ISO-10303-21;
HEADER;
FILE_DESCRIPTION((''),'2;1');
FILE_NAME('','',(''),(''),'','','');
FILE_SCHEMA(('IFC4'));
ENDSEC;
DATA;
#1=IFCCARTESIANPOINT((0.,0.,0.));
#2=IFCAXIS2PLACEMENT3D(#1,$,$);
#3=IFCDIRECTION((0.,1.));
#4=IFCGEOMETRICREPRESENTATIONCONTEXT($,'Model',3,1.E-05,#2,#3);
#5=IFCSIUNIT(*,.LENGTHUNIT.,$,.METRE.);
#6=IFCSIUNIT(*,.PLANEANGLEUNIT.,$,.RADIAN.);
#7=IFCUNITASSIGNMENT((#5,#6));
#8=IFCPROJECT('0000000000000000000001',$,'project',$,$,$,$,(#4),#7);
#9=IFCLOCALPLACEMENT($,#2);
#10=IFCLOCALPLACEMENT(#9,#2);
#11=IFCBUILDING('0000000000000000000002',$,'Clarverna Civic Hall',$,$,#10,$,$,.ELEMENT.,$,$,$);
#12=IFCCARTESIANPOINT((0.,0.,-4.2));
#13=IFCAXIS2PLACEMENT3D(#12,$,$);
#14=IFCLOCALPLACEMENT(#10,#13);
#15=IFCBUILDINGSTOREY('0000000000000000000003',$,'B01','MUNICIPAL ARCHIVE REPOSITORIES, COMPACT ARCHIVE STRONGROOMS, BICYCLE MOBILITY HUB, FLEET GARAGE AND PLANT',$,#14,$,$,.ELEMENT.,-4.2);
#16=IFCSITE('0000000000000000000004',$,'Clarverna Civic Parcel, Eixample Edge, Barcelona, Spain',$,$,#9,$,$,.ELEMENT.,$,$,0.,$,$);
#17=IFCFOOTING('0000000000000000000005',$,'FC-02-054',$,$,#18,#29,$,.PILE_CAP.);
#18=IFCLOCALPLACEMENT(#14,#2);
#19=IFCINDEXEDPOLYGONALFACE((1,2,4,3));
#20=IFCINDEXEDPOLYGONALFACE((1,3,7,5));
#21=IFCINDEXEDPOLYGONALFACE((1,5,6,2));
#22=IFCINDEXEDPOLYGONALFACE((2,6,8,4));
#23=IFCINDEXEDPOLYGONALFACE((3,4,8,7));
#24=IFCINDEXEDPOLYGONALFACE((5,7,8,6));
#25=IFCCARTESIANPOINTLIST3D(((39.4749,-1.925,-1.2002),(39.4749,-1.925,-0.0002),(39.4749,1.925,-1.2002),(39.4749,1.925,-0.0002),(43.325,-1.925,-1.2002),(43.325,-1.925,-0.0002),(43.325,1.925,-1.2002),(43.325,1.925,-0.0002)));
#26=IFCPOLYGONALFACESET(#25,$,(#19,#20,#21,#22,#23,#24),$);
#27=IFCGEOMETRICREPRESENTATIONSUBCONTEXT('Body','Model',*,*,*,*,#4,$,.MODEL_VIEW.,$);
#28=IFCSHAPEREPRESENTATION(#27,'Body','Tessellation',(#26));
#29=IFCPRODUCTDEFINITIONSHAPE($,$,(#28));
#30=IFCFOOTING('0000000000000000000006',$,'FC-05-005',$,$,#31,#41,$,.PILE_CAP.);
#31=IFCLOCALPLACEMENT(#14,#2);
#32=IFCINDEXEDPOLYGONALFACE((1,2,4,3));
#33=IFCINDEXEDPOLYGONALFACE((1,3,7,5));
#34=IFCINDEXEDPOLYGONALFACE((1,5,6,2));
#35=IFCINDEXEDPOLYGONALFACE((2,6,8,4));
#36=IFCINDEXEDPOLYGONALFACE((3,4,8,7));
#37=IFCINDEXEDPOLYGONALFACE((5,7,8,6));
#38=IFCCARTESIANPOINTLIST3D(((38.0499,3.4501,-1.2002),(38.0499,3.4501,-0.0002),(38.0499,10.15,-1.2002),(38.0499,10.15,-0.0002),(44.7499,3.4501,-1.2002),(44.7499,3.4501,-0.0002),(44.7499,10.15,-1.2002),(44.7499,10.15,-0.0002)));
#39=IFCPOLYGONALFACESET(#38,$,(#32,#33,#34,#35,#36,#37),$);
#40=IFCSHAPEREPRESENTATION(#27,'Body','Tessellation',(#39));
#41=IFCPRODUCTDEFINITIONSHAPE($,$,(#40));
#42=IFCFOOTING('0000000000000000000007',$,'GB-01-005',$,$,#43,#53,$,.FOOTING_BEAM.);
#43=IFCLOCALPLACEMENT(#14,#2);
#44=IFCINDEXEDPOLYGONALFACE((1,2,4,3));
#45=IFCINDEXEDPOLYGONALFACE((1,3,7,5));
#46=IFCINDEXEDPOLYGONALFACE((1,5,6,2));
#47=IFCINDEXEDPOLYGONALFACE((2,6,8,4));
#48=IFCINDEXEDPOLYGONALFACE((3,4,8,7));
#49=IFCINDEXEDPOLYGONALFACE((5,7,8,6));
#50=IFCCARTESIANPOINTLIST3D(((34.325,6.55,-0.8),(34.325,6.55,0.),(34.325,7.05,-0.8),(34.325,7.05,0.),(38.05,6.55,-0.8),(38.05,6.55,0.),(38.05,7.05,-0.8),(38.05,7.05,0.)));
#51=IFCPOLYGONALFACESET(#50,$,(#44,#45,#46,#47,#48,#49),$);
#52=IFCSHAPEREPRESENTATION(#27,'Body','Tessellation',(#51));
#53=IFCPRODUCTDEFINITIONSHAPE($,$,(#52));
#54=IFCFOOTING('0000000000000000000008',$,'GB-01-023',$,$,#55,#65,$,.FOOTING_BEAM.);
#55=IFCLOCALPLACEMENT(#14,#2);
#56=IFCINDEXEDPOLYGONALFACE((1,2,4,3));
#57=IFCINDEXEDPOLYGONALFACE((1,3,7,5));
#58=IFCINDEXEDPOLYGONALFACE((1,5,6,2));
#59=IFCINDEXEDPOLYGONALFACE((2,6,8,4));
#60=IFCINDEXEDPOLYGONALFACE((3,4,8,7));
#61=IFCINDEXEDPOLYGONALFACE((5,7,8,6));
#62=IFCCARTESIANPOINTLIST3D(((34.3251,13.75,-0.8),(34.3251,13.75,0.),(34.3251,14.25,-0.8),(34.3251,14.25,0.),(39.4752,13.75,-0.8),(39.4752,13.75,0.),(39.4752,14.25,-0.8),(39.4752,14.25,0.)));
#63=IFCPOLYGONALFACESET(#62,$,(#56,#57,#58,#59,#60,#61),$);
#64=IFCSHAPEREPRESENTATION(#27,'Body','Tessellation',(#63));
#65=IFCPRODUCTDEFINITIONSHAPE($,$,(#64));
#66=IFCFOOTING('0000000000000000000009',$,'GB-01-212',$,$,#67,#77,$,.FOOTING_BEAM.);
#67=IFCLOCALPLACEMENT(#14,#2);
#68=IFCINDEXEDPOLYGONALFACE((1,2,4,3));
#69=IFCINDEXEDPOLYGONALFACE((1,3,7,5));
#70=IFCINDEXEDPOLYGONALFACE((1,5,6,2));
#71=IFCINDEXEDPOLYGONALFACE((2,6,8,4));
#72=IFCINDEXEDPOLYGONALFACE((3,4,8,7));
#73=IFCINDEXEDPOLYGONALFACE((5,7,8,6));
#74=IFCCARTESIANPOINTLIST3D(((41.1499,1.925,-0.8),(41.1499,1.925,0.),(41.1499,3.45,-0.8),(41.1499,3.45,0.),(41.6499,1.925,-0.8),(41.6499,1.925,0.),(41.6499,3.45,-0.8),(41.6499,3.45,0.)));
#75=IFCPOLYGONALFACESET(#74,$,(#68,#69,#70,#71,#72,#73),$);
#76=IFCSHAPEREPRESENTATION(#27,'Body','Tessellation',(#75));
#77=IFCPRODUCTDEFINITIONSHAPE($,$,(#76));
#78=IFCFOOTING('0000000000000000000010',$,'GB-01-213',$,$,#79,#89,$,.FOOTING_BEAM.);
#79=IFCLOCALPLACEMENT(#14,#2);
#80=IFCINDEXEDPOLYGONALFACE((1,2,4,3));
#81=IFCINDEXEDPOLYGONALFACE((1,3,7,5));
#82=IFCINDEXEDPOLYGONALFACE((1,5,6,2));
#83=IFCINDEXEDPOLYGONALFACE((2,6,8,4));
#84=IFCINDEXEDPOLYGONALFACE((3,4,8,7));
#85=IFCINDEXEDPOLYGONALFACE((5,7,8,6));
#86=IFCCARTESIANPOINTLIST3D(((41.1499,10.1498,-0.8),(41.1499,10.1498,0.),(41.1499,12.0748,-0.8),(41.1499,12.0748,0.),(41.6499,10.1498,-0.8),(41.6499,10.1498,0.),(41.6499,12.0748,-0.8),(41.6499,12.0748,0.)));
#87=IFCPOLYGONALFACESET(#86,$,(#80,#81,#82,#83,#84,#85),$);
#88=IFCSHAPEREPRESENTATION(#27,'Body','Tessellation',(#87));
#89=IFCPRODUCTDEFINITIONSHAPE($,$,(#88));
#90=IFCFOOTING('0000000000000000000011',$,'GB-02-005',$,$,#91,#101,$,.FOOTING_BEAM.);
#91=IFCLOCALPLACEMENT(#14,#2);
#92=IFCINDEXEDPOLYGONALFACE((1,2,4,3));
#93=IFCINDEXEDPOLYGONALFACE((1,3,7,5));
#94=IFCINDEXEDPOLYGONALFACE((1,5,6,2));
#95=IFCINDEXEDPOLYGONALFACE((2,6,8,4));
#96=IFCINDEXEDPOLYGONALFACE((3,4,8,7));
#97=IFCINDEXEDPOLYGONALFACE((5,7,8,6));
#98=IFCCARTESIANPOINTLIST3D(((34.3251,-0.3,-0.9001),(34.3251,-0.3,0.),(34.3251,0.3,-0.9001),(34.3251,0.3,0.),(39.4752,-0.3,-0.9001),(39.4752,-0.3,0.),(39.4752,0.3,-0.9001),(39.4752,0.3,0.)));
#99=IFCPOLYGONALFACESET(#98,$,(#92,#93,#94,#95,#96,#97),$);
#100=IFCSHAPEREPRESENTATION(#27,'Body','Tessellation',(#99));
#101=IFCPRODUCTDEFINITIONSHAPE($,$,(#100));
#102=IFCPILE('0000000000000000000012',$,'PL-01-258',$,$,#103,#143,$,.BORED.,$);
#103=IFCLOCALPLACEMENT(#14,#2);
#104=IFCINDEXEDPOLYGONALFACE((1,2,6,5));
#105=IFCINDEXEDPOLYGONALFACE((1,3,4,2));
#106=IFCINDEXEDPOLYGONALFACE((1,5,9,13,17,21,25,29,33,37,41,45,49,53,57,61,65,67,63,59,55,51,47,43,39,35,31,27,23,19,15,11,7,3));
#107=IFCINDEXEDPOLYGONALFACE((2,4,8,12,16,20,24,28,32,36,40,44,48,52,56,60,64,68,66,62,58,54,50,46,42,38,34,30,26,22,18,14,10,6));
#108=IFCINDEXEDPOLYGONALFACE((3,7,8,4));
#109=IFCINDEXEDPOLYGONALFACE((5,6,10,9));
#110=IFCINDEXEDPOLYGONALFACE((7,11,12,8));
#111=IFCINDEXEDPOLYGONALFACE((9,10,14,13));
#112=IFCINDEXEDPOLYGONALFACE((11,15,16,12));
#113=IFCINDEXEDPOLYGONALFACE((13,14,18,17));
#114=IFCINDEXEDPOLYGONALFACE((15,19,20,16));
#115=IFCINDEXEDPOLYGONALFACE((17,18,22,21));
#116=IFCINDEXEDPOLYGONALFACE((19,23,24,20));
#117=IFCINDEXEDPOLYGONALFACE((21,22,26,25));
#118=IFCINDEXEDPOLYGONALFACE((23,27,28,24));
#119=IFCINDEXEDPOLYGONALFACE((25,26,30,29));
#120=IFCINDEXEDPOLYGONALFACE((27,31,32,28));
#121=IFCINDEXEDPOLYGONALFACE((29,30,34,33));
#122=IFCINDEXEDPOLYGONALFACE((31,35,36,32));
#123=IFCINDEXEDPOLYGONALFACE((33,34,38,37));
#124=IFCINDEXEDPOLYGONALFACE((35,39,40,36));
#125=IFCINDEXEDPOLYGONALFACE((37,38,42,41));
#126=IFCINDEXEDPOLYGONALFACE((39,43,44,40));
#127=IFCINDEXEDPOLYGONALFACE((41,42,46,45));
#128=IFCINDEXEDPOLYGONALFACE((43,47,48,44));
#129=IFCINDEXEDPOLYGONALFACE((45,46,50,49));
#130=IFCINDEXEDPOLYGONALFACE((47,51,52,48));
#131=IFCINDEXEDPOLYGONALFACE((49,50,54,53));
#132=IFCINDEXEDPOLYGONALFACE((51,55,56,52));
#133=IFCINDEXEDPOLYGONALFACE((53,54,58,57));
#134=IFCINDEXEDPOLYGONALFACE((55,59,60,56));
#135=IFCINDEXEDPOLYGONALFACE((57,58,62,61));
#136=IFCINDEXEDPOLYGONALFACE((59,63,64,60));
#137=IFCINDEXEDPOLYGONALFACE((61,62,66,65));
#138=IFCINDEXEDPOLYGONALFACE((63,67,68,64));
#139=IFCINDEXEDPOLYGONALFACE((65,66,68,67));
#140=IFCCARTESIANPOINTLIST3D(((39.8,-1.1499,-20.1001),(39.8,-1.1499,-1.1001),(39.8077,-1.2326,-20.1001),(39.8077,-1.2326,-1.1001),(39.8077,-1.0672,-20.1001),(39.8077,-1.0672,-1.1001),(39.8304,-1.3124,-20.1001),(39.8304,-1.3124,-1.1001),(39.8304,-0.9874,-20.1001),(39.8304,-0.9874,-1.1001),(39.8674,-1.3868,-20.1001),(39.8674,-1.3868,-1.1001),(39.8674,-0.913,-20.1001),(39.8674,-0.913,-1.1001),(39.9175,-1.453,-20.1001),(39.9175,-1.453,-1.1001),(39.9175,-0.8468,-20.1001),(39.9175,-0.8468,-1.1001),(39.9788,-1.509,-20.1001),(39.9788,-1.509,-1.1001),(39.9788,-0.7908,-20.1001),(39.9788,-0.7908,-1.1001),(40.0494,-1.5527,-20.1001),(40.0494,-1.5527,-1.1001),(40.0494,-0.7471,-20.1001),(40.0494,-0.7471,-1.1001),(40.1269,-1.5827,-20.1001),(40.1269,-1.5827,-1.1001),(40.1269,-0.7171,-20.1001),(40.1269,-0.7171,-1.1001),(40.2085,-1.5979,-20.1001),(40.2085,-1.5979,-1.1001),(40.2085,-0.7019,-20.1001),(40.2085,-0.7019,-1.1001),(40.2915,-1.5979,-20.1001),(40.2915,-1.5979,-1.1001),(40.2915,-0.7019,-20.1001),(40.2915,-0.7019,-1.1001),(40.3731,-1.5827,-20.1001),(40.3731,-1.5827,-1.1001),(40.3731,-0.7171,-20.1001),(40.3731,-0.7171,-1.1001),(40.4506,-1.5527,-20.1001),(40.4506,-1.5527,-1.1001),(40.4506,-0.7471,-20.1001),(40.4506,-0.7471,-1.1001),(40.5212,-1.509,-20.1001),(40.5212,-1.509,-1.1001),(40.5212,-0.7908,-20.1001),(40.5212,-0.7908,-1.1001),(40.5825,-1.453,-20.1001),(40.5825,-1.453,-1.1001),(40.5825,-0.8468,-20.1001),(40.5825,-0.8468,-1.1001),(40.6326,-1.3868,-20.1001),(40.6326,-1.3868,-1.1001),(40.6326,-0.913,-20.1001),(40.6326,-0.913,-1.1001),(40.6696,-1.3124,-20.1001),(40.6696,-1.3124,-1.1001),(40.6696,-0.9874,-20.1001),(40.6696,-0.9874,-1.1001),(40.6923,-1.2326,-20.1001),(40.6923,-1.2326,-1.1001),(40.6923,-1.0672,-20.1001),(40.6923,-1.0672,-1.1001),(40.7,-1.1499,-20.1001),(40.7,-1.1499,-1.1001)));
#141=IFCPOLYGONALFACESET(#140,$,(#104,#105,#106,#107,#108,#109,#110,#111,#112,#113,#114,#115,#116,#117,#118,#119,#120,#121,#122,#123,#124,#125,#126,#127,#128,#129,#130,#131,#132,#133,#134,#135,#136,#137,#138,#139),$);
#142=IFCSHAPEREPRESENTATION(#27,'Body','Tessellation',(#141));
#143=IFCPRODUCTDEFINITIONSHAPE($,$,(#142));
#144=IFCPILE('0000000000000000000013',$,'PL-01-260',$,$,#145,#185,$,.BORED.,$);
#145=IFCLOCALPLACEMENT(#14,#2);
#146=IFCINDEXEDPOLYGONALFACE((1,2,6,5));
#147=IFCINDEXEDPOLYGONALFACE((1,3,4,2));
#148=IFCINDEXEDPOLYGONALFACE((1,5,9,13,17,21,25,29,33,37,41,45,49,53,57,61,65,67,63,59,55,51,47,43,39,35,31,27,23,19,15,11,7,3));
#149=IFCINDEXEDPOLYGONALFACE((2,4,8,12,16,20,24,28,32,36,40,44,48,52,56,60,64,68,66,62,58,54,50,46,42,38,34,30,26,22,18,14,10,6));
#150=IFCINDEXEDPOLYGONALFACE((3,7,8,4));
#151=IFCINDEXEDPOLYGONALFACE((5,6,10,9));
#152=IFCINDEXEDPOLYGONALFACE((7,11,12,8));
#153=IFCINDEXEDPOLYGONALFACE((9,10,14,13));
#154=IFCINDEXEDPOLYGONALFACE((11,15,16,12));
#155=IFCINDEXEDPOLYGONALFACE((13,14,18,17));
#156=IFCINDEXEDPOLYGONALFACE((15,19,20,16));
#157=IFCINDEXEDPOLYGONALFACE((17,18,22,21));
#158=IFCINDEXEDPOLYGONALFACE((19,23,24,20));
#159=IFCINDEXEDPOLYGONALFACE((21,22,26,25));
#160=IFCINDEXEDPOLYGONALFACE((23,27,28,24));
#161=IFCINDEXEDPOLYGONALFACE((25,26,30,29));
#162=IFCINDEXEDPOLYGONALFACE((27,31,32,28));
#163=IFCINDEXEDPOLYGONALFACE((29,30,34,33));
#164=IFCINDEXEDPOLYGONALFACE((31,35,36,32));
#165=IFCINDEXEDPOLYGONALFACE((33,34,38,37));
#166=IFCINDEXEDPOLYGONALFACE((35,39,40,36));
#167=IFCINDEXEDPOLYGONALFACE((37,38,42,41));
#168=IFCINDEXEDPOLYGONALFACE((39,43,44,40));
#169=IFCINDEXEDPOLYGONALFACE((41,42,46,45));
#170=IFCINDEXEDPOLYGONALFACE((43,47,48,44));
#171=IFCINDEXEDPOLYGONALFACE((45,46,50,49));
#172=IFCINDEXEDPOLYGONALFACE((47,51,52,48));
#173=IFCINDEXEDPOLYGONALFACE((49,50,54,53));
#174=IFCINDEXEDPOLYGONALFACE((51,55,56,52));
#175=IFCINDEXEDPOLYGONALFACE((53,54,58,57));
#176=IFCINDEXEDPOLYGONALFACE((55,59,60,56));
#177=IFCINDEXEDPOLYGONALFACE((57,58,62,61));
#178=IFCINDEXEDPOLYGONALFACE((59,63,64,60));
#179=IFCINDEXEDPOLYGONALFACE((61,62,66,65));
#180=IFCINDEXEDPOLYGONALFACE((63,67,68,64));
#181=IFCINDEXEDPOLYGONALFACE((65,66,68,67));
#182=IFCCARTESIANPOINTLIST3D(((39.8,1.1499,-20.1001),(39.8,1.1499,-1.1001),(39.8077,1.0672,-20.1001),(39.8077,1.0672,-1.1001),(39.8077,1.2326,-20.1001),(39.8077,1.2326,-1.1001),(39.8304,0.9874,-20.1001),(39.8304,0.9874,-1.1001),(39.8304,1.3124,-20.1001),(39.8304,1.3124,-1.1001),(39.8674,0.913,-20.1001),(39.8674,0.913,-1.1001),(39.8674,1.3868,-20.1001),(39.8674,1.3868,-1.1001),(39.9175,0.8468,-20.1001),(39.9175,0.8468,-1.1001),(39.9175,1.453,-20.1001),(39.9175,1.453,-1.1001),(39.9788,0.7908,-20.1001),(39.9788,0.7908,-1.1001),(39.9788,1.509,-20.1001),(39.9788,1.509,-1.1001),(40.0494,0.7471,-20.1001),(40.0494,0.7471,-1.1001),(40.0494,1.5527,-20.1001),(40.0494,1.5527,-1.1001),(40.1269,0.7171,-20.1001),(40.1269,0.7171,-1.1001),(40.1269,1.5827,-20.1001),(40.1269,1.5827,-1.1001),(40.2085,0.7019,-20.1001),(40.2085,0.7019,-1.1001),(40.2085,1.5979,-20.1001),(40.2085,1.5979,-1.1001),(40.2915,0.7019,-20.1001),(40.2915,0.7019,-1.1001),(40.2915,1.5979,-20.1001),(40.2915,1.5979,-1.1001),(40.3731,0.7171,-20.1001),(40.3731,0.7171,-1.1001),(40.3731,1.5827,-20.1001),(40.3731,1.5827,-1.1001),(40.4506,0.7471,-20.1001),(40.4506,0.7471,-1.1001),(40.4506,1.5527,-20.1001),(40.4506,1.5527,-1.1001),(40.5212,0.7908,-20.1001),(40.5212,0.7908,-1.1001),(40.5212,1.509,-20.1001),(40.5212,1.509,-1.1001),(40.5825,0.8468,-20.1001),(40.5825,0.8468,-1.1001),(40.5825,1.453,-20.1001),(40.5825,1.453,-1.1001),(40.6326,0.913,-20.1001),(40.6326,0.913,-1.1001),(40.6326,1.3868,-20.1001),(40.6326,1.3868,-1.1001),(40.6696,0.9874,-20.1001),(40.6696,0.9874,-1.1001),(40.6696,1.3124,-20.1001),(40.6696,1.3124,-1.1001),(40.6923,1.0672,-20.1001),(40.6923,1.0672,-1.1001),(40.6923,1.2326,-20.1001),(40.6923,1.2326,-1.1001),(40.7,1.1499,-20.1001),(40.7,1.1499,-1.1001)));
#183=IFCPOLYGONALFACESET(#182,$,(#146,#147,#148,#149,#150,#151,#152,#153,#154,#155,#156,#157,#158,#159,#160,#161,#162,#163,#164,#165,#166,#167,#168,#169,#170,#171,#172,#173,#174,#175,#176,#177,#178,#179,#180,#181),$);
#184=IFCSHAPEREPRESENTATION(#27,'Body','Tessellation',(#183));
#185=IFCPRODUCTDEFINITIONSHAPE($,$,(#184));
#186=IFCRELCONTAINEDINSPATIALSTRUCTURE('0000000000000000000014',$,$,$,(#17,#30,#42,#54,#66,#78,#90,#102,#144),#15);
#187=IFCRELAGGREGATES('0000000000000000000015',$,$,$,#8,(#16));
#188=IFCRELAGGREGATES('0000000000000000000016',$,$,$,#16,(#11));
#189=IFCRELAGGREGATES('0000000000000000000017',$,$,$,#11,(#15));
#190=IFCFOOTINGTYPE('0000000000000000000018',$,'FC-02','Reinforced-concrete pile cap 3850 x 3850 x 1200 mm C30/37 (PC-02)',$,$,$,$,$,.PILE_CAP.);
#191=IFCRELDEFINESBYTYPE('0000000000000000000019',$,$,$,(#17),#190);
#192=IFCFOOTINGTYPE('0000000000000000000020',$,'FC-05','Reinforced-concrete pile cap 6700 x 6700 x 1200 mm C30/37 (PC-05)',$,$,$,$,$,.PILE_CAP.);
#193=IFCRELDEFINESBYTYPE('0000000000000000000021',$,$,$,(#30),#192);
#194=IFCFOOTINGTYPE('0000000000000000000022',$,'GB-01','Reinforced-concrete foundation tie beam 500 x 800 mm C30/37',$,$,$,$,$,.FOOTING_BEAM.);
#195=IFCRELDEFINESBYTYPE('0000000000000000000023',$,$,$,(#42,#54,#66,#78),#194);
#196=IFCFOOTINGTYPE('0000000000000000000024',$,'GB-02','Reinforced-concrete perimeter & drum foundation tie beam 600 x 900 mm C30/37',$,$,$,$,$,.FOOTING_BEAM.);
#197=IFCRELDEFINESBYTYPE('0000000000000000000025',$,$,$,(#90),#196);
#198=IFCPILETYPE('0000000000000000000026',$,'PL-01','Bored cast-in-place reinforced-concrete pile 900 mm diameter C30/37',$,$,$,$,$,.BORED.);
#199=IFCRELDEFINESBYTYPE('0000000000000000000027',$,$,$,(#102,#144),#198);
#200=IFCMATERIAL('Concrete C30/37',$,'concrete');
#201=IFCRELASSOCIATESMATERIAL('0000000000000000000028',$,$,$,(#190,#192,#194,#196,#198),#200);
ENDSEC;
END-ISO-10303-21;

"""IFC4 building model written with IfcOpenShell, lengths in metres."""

from ifc_helpers import new_model, si_unit, direction, frame, frame_2d, origin, origin_2d, place, context, subcontext, project, spatial, rectangle, circle, extrude, material, material_profile, profile_set, type_object, element, save


model = new_model("IFC4")

# Units and contexts
model_context = context("Model", 3, precision=1e-05, world=origin(), true_north=direction((0.0, 1.0)))
body_context = subcontext(model_context, "Body", "Model", "MODEL_VIEW")
ifc_project = project(units=[si_unit("LENGTHUNIT", "METRE"), si_unit("PLANEANGLEUNIT", "RADIAN")], contexts=[model_context])

# Site, building, storey
site_placement = place(None, origin())
site = spatial("IfcSite", under=ifc_project, at=site_placement, Name="Clarverna Civic Parcel, Eixample Edge, Barcelona, Spain", CompositionType="ELEMENT", RefElevation=0.0)
building_placement = place(site_placement, origin())
building = spatial("IfcBuilding", under=site, at=building_placement, Name="Clarverna Civic Hall", CompositionType="ELEMENT")
storey_placement = place(building_placement, frame((0.0, 0.0, -4.2)))
storey = spatial("IfcBuildingStorey", under=building, at=storey_placement, Name="B01", Description="MUNICIPAL ARCHIVE REPOSITORIES, COMPACT ARCHIVE STRONGROOMS, BICYCLE MOBILITY HUB, FLEET GARAGE AND PLANT", CompositionType="ELEMENT", Elevation=-4.2)

# Footings
ifc_material_1 = material(Name="Concrete C30/37", Category="concrete")
footing_type_1 = type_object("IfcFootingType", Name="FC-02", Description="Reinforced-concrete pile cap 3850 x 3850 x 1200 mm C30/37 (PC-02)", PredefinedType="PILE_CAP", material=ifc_material_1)
footing_1_placement = place(storey_placement, frame((41.3999, 0.0, -1.2002), z_axis=(0.0, 0.0, 1.0), x_axis=(1.0, 0.0, 0.0)))
element("IfcFooting", 1, at=footing_1_placement, inside=storey, type_object=footing_type_1, Name="FC-02-054", PredefinedType="PILE_CAP", context=body_context, shape_type="SweptSolid", body=[
    extrude(rectangle(XDim=3.8501, YDim=3.8501, at=origin_2d()), origin(), (0.0, 0.0, 1.0), 1.2),
])
footing_type_2 = type_object("IfcFootingType", Name="FC-05", Description="Reinforced-concrete pile cap 6700 x 6700 x 1200 mm C30/37 (PC-05)", PredefinedType="PILE_CAP", material=ifc_material_1)
footing_2_placement = place(storey_placement, frame((41.3999, 6.8, -1.2002), z_axis=(0.0, 0.0, 1.0), x_axis=(1.0, 0.0, 0.0)))
element("IfcFooting", 2, at=footing_2_placement, inside=storey, type_object=footing_type_2, Name="FC-05-005", PredefinedType="PILE_CAP", context=body_context, shape_type="SweptSolid", body=[
    extrude(rectangle(XDim=6.7, YDim=6.7, at=origin_2d()), origin(), (0.0, 0.0, 1.0), 1.2),
])
footing_type_3 = type_object("IfcFootingType", Name="GB-01", Description="Reinforced-concrete foundation tie beam 500 x 800 mm C30/37", PredefinedType="FOOTING_BEAM", material=ifc_material_1)
footing_3_placement = place(storey_placement, frame((34.325, 6.8, -0.8), z_axis=(0.0, 0.0, 1.0), x_axis=(1.0, 0.0, 0.0)))
element("IfcFooting", 3, at=footing_3_placement, inside=storey, type_object=footing_type_3, Name="GB-01-005", PredefinedType="FOOTING_BEAM", context=body_context, shape_type="SweptSolid", body=[
    extrude(rectangle(XDim=3.7251, YDim=0.5, at=frame_2d((1.8625, 0.0))), origin(), (0.0, 0.0, 1.0), 0.8),
])
footing_4_placement = place(storey_placement, frame((34.325, 14.0, -0.8), z_axis=(0.0, 0.0, 1.0), x_axis=(1.0, 0.0, 0.0)))
element("IfcFooting", 4, at=footing_4_placement, inside=storey, type_object=footing_type_3, Name="GB-01-023", PredefinedType="FOOTING_BEAM", context=body_context, shape_type="SweptSolid", body=[
    extrude(rectangle(XDim=5.1501, YDim=0.5, at=frame_2d((2.5752, 0.0))), origin(), (0.0, 0.0, 1.0), 0.8),
])
footing_5_placement = place(storey_placement, frame((41.3999, 1.925, -0.8), z_axis=(0.0, 0.0, 1.0), x_axis=(0.0, 1.0, 0.0)))
element("IfcFooting", 5, at=footing_5_placement, inside=storey, type_object=footing_type_3, Name="GB-01-212", PredefinedType="FOOTING_BEAM", context=body_context, shape_type="SweptSolid", body=[
    extrude(rectangle(XDim=1.5249, YDim=0.5, at=frame_2d((0.7625, 0.0))), origin(), (0.0, 0.0, 1.0), 0.8),
])
footing_6_placement = place(storey_placement, frame((41.3999, 10.1499, -0.8), z_axis=(0.0, 0.0, 1.0), x_axis=(0.0, 1.0, 0.0)))
element("IfcFooting", 6, at=footing_6_placement, inside=storey, type_object=footing_type_3, Name="GB-01-213", PredefinedType="FOOTING_BEAM", context=body_context, shape_type="SweptSolid", body=[
    extrude(rectangle(XDim=1.925, YDim=0.5, at=frame_2d((0.9624, 0.0))), origin(), (0.0, 0.0, 1.0), 0.8),
])
footing_type_4 = type_object("IfcFootingType", Name="GB-02", Description="Reinforced-concrete perimeter & drum foundation tie beam 600 x 900 mm C30/37", PredefinedType="FOOTING_BEAM", material=ifc_material_1)
footing_7_placement = place(storey_placement, frame((34.325, 0.0, -0.9001), z_axis=(0.0, 0.0, 1.0), x_axis=(1.0, 0.0, 0.0)))
element("IfcFooting", 7, at=footing_7_placement, inside=storey, type_object=footing_type_4, Name="GB-02-005", PredefinedType="FOOTING_BEAM", context=body_context, shape_type="SweptSolid", body=[
    extrude(rectangle(XDim=5.1501, YDim=0.6001, at=frame_2d((2.5752, 0.0))), origin(), (0.0, 0.0, 1.0), 0.9001),
])

# Piles
ifc_material_profile_1 = material_profile(ifc_material_1, circle(Radius=0.45, at=origin_2d()), Name="BORED PILE D900")
ifc_profile_set_1 = profile_set([ifc_material_profile_1], Name="Concrete C30/37")
pile_type_1 = type_object("IfcPileType", Name="PL-01", Description="Bored cast-in-place reinforced-concrete pile 900 mm diameter C30/37", PredefinedType="BORED", material=ifc_profile_set_1)
for number, where, z_axis, x_axis, name in (
    (8, (40.25, -1.1499, -1.1001), (0.0, 0.0, -1.0), (1.0, 0.0, 0.0), "PL-01-258"),
    (9, (40.25, 1.1499, -1.1001), (0.0, 0.0, -1.0), (1.0, 0.0, 0.0), "PL-01-260"),
):
    element("IfcPile", number, at=place(storey_placement, frame(where, z_axis=z_axis, x_axis=x_axis)), inside=storey, type_object=pile_type_1, Name=name, PredefinedType="BORED", context=body_context, shape_type="SweptSolid", body=[
        extrude(circle(Radius=0.45, at=origin_2d()), origin(), (0.0, 0.0, 1.0), 19.0),
    ])

save(model, "model.ifc")
